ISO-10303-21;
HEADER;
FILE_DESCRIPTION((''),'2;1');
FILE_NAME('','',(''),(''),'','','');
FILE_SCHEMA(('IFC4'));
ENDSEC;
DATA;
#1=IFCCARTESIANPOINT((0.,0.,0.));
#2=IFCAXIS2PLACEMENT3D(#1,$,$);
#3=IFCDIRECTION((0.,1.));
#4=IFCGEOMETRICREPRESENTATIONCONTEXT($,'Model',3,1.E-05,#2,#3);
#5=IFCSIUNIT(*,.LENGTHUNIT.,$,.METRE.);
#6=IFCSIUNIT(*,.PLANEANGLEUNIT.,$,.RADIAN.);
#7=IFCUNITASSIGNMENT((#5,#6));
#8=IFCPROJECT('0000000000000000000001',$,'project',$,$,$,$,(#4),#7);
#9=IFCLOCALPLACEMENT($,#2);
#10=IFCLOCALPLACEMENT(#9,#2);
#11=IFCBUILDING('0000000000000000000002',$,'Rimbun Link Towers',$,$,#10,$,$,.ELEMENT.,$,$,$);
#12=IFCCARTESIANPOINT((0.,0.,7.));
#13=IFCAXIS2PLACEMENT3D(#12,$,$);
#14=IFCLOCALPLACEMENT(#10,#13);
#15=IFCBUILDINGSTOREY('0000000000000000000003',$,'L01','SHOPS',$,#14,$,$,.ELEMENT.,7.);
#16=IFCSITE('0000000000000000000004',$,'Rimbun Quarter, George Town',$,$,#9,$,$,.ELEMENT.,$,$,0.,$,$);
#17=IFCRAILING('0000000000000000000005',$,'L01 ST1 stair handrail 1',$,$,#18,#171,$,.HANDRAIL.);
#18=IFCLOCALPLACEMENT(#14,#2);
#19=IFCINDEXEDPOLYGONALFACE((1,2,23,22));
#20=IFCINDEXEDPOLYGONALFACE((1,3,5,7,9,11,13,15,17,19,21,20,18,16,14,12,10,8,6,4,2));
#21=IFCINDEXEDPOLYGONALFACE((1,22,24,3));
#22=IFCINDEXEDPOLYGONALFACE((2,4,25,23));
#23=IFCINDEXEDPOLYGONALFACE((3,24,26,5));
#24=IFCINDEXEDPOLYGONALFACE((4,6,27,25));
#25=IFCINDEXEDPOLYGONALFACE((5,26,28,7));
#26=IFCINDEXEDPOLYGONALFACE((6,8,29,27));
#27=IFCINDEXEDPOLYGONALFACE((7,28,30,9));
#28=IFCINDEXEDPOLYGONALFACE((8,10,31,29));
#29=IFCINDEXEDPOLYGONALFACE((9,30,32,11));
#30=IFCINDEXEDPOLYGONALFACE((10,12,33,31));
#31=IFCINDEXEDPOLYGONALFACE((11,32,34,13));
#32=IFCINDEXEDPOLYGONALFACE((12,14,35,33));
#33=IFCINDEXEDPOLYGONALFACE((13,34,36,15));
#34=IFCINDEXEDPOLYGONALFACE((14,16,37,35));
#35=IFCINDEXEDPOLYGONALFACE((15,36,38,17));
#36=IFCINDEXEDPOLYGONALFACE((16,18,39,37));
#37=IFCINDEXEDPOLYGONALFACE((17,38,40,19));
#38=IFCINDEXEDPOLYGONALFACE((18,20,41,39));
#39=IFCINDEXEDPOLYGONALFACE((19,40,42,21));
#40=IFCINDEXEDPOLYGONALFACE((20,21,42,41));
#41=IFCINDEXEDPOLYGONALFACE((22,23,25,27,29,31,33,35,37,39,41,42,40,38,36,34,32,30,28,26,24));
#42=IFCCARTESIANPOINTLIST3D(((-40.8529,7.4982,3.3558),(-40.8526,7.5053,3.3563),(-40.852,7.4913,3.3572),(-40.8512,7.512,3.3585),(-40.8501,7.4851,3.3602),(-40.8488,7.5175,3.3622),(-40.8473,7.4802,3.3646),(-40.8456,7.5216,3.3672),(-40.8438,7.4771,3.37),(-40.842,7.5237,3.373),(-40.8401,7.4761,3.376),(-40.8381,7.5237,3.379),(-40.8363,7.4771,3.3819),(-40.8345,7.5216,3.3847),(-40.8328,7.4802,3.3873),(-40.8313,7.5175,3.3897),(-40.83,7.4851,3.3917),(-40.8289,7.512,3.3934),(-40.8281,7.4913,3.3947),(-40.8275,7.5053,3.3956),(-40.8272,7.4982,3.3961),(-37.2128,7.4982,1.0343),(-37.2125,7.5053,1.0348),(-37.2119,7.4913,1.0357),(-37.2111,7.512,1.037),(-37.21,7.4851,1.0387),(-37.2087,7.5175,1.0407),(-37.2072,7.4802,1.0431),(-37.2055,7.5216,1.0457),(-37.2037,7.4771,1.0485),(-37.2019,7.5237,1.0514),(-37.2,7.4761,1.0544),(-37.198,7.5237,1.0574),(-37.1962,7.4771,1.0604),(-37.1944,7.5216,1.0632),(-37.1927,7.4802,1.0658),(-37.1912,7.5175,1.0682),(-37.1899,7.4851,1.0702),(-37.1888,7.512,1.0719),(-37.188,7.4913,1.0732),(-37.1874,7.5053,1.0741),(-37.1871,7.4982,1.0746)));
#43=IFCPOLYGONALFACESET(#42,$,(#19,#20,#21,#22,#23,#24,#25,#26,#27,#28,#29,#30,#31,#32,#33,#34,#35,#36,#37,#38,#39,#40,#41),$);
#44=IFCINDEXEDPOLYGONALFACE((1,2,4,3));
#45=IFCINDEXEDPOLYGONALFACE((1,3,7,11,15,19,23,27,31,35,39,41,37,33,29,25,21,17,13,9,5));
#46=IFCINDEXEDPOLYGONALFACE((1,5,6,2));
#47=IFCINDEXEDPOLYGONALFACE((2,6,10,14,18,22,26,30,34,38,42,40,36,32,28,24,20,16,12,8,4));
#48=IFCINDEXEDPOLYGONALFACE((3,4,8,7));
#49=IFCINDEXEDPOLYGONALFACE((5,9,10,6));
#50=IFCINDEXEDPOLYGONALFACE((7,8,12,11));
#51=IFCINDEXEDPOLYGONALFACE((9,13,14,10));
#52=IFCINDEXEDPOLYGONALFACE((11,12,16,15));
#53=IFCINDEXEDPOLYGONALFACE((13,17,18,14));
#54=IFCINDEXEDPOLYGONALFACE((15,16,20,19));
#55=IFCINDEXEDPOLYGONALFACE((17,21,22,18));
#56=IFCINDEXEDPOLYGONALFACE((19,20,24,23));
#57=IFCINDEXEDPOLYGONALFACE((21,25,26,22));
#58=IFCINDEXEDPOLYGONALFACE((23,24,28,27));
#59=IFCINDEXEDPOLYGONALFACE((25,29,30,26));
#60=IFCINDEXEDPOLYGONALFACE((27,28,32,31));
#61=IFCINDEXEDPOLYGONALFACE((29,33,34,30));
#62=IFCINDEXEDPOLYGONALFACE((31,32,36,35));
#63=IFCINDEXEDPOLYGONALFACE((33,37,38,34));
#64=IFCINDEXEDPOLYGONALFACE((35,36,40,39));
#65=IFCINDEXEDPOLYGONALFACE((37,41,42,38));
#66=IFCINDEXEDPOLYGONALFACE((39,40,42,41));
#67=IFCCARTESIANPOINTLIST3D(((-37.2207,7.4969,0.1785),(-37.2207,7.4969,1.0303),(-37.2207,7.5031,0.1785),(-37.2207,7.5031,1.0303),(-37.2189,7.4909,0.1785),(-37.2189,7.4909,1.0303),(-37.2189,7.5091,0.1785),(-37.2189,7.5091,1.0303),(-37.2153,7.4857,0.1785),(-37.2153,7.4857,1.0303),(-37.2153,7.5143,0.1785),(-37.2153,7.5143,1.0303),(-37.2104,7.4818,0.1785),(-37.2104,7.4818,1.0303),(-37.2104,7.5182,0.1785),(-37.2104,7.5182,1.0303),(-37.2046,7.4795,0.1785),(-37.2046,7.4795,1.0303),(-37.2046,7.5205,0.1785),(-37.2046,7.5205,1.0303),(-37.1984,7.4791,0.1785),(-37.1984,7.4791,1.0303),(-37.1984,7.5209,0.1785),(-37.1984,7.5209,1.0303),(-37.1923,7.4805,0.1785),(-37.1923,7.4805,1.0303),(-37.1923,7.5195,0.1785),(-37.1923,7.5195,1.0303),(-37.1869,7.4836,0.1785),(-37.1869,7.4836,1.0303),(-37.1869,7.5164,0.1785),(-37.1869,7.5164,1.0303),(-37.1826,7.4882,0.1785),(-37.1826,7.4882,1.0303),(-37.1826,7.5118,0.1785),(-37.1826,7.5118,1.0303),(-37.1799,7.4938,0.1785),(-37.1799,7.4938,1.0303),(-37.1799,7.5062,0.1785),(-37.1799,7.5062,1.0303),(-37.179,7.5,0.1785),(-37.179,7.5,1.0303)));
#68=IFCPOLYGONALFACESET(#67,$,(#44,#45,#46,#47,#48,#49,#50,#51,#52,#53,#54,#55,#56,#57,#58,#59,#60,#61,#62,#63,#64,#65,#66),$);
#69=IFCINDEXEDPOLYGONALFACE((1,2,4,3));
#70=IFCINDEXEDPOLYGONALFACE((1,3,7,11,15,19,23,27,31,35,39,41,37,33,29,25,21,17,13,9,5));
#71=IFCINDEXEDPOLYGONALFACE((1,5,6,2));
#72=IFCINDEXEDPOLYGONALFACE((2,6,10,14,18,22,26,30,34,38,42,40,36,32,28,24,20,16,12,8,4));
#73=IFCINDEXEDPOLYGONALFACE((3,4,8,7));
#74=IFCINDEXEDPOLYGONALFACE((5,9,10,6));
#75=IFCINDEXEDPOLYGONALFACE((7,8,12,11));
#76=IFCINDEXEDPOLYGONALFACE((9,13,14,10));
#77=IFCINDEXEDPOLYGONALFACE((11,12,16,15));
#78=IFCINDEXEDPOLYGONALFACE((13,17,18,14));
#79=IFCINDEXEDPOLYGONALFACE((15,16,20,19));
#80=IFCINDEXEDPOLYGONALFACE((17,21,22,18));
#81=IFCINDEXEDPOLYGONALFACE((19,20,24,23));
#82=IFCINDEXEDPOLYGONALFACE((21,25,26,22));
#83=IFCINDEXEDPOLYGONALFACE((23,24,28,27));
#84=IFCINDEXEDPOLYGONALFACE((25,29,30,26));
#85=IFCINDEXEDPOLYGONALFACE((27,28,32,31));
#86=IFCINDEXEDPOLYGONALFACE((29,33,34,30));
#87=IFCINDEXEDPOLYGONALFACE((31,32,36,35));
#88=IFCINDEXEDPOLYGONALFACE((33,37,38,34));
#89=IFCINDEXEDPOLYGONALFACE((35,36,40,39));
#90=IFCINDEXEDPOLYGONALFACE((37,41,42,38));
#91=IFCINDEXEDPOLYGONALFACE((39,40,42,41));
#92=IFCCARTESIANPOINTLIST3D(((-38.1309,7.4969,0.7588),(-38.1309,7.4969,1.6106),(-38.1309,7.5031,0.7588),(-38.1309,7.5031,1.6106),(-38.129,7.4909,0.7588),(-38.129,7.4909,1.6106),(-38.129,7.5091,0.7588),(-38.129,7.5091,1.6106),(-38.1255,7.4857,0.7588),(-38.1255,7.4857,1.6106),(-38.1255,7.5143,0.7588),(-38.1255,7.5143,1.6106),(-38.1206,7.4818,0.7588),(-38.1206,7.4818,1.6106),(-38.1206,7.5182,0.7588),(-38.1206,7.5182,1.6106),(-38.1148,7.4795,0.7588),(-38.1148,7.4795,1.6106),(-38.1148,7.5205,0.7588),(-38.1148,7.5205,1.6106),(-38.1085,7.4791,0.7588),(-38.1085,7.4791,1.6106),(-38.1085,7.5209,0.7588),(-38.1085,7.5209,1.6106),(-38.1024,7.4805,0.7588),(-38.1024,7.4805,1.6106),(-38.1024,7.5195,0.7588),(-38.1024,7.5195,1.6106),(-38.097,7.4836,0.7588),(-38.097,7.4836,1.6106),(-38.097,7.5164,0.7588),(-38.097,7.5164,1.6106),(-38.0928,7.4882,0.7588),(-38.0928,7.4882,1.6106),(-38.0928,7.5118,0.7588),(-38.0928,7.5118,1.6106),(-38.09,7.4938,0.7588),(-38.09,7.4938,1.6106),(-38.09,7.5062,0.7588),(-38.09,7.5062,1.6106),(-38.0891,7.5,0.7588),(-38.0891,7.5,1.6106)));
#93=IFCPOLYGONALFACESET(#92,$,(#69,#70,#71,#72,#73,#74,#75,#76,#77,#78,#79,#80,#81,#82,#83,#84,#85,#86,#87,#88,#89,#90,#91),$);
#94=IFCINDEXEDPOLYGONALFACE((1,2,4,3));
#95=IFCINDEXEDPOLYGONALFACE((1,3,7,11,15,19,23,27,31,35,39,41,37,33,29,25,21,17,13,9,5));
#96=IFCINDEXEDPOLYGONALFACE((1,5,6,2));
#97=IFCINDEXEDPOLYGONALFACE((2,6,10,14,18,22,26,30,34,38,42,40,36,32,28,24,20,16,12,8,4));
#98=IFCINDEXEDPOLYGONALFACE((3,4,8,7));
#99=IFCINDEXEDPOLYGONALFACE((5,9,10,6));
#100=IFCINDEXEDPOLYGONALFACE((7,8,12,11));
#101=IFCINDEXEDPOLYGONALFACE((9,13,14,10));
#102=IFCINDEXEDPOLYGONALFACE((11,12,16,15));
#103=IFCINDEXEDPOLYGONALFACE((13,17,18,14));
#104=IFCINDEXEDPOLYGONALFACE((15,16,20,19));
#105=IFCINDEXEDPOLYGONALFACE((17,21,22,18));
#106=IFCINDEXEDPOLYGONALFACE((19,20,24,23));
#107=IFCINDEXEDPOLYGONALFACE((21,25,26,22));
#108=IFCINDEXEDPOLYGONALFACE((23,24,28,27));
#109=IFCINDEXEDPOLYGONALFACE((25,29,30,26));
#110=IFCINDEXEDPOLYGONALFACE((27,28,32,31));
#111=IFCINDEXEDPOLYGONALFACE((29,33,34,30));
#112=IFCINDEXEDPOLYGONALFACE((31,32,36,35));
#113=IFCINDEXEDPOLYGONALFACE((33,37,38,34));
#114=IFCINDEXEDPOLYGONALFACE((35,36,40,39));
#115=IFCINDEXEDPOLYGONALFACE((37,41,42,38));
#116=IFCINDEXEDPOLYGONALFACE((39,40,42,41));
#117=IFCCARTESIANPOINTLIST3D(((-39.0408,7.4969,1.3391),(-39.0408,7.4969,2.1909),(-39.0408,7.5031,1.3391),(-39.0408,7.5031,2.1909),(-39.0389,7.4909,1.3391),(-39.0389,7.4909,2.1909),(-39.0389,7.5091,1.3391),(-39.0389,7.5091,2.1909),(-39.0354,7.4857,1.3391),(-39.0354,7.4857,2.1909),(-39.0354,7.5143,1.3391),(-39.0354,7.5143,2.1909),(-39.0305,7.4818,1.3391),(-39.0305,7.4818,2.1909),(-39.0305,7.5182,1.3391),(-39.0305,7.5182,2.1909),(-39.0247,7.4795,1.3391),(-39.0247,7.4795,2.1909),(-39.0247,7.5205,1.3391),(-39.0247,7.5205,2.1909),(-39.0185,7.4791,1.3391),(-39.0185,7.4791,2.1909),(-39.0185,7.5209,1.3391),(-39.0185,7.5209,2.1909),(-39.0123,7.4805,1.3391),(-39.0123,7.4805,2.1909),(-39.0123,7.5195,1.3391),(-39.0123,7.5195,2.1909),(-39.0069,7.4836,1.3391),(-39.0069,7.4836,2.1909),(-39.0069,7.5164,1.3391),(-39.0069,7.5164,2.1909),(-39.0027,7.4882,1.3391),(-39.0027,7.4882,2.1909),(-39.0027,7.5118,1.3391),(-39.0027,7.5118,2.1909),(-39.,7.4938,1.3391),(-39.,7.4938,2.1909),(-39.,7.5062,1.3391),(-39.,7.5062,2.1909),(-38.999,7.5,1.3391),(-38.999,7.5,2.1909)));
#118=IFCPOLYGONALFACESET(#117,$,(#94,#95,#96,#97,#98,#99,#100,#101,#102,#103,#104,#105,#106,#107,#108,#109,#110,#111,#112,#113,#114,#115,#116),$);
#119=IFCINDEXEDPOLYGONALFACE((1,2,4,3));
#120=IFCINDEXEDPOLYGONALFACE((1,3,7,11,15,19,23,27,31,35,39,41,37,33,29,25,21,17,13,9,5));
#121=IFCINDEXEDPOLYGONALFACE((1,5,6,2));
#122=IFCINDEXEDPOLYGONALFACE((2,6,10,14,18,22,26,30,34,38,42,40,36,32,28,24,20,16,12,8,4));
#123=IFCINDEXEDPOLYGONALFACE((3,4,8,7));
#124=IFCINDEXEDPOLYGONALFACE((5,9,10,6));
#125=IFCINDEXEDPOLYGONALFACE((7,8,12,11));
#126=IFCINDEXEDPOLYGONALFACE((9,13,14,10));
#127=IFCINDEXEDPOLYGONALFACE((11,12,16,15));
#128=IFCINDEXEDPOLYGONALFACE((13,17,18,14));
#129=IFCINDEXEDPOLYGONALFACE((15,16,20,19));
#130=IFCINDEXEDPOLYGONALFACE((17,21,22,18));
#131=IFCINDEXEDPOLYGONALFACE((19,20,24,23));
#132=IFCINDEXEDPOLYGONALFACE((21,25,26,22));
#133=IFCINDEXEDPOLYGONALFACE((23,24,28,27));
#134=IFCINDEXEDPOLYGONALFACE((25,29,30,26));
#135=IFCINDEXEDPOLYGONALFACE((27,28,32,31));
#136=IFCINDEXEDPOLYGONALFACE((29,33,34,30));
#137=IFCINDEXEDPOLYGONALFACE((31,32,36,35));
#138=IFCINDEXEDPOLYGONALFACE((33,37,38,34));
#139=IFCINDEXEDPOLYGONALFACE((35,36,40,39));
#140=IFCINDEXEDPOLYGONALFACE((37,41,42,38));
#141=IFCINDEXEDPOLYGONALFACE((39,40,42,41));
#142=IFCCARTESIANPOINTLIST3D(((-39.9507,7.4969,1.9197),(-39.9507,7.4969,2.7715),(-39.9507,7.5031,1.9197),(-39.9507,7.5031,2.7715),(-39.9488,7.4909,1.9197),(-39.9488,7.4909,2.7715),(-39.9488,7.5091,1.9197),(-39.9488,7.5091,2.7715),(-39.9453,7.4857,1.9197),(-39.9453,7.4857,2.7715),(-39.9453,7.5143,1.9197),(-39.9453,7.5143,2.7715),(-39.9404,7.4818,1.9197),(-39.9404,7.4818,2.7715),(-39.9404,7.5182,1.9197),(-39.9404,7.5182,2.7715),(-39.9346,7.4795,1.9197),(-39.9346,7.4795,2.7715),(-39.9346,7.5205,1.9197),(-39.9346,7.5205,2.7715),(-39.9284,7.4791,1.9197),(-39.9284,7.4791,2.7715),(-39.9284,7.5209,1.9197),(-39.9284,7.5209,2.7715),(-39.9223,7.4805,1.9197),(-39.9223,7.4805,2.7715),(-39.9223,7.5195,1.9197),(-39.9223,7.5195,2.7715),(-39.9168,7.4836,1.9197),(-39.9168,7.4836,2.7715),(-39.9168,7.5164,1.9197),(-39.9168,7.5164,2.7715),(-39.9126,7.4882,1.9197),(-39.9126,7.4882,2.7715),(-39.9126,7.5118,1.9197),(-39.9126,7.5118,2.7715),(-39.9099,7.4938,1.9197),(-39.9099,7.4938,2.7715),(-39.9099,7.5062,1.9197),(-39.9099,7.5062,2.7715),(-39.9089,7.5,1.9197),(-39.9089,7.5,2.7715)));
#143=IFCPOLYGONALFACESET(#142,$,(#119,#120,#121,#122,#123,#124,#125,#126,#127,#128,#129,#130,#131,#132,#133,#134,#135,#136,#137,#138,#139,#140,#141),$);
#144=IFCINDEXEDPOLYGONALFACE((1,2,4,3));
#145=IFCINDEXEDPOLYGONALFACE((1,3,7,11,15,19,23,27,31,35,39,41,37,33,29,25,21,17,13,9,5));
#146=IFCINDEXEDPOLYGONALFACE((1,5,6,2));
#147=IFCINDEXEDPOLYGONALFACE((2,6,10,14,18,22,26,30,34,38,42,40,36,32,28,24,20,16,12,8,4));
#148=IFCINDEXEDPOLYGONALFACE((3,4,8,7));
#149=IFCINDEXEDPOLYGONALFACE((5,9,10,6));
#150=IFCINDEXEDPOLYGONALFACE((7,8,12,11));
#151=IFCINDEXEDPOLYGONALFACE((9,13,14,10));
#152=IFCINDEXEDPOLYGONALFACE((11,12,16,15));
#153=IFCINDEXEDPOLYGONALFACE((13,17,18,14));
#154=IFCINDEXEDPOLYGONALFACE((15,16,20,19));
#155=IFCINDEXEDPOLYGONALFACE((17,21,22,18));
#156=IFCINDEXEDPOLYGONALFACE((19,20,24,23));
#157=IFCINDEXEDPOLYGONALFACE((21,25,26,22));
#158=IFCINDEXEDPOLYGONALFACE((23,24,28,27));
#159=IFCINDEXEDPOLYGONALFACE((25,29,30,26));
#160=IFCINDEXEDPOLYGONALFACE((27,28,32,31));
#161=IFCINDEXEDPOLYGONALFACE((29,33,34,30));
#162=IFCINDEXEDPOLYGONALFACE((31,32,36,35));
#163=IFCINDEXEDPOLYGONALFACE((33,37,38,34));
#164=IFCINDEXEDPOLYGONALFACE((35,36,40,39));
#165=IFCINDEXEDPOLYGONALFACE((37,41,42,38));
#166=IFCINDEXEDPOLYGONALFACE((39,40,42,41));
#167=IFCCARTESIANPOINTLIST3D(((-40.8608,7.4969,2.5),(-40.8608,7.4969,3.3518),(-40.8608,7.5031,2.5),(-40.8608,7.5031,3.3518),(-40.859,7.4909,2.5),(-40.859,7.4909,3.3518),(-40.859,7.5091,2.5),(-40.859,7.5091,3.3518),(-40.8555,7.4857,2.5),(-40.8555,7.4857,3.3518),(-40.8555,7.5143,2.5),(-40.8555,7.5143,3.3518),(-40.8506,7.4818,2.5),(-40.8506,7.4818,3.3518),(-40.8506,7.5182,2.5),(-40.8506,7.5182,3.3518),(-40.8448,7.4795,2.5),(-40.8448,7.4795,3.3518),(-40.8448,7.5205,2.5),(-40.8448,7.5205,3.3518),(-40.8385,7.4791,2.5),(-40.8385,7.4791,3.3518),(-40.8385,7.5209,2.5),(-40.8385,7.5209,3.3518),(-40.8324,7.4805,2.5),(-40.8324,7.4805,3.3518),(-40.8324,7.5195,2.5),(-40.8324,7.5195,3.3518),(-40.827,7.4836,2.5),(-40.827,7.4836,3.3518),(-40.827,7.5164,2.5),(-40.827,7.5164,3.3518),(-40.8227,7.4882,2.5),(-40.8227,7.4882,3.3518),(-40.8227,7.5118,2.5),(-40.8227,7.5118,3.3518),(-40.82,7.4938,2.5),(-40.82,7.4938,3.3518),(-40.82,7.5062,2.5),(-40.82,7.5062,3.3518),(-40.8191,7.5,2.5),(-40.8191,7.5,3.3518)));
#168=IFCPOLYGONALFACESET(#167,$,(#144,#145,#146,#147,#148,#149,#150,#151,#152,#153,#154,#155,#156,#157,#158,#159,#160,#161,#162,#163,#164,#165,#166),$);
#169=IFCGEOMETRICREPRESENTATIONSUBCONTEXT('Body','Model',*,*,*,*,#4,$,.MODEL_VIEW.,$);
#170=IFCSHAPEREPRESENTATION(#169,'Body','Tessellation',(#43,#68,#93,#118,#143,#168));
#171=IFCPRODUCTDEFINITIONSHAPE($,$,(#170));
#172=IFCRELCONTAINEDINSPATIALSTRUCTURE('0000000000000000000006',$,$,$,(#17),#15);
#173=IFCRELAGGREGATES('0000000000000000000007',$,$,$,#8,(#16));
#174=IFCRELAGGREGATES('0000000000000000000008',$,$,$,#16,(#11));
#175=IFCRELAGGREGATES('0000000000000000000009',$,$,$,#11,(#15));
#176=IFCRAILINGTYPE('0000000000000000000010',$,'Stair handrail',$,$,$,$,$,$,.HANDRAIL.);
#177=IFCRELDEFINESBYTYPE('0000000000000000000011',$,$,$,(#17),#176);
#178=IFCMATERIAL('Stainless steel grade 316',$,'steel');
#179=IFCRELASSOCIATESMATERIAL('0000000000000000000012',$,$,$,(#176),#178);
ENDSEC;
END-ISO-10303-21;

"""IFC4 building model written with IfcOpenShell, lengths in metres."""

from ifc_helpers import new_model, si_unit, direction, frame, origin, origin_2d, place, context, subcontext, project, spatial, circle, extrude, material, type_object, element, save


model = new_model("IFC4")

# Units and contexts
model_context = context("Model", 3, precision=1e-05, world=origin(), true_north=direction((0.0, 1.0)))
body_context = subcontext(model_context, "Body", "Model", "MODEL_VIEW")
ifc_project = project(units=[si_unit("LENGTHUNIT", "METRE"), si_unit("PLANEANGLEUNIT", "RADIAN")], contexts=[model_context])

# Site, building, storey
site_placement = place(None, origin())
site = spatial("IfcSite", under=ifc_project, at=site_placement, Name="Rimbun Quarter, George Town", CompositionType="ELEMENT", RefElevation=0.0)
building_placement = place(site_placement, origin())
building = spatial("IfcBuilding", under=site, at=building_placement, Name="Rimbun Link Towers", CompositionType="ELEMENT")
storey_placement = place(building_placement, frame((0.0, 0.0, 7.0)))
storey = spatial("IfcBuildingStorey", under=building, at=storey_placement, Name="L01", Description="SHOPS", CompositionType="ELEMENT", Elevation=7.0)

# Railing
ifc_material_1 = material(Name="Stainless steel grade 316", Category="steel")
railing_type_1 = type_object("IfcRailingType", Name="Stair handrail", PredefinedType="HANDRAIL", material=ifc_material_1)
railing_1_placement = place(storey_placement, frame((-37.2, 7.5, 0.1785)))
element("IfcRailing", 1, at=railing_1_placement, inside=storey, type_object=railing_type_1, Name="L01 ST1 stair handrail 1", PredefinedType="HANDRAIL", context=body_context, shape_type="SweptSolid", body=[
    extrude(circle(Radius=0.0239, at=origin_2d()), frame((0.0, 0.0, 0.876), z_axis=(-0.843128, 0.0, 0.537713), x_axis=(0.0, -1.0, 0.0)), (0.0, 0.0, 1.0), 4.3174),
    extrude(circle(Radius=0.021, at=origin_2d()), origin(), (0.0, 0.0, 1.0), 0.8518),
    extrude(circle(Radius=0.021, at=origin_2d()), frame((-0.9102, 0.0, 0.5803)), (0.0, 0.0, 1.0), 0.8518),
    extrude(circle(Radius=0.021, at=origin_2d()), frame((-1.8201, 0.0, 1.1606)), (0.0, 0.0, 1.0), 0.8518),
    extrude(circle(Radius=0.021, at=origin_2d()), frame((-2.73, 0.0, 1.7412)), (0.0, 0.0, 1.0), 0.8518),
    extrude(circle(Radius=0.021, at=origin_2d()), frame((-3.6401, 0.0, 2.3215)), (0.0, 0.0, 1.0), 0.8518),
])

save(model, "model.ifc")
